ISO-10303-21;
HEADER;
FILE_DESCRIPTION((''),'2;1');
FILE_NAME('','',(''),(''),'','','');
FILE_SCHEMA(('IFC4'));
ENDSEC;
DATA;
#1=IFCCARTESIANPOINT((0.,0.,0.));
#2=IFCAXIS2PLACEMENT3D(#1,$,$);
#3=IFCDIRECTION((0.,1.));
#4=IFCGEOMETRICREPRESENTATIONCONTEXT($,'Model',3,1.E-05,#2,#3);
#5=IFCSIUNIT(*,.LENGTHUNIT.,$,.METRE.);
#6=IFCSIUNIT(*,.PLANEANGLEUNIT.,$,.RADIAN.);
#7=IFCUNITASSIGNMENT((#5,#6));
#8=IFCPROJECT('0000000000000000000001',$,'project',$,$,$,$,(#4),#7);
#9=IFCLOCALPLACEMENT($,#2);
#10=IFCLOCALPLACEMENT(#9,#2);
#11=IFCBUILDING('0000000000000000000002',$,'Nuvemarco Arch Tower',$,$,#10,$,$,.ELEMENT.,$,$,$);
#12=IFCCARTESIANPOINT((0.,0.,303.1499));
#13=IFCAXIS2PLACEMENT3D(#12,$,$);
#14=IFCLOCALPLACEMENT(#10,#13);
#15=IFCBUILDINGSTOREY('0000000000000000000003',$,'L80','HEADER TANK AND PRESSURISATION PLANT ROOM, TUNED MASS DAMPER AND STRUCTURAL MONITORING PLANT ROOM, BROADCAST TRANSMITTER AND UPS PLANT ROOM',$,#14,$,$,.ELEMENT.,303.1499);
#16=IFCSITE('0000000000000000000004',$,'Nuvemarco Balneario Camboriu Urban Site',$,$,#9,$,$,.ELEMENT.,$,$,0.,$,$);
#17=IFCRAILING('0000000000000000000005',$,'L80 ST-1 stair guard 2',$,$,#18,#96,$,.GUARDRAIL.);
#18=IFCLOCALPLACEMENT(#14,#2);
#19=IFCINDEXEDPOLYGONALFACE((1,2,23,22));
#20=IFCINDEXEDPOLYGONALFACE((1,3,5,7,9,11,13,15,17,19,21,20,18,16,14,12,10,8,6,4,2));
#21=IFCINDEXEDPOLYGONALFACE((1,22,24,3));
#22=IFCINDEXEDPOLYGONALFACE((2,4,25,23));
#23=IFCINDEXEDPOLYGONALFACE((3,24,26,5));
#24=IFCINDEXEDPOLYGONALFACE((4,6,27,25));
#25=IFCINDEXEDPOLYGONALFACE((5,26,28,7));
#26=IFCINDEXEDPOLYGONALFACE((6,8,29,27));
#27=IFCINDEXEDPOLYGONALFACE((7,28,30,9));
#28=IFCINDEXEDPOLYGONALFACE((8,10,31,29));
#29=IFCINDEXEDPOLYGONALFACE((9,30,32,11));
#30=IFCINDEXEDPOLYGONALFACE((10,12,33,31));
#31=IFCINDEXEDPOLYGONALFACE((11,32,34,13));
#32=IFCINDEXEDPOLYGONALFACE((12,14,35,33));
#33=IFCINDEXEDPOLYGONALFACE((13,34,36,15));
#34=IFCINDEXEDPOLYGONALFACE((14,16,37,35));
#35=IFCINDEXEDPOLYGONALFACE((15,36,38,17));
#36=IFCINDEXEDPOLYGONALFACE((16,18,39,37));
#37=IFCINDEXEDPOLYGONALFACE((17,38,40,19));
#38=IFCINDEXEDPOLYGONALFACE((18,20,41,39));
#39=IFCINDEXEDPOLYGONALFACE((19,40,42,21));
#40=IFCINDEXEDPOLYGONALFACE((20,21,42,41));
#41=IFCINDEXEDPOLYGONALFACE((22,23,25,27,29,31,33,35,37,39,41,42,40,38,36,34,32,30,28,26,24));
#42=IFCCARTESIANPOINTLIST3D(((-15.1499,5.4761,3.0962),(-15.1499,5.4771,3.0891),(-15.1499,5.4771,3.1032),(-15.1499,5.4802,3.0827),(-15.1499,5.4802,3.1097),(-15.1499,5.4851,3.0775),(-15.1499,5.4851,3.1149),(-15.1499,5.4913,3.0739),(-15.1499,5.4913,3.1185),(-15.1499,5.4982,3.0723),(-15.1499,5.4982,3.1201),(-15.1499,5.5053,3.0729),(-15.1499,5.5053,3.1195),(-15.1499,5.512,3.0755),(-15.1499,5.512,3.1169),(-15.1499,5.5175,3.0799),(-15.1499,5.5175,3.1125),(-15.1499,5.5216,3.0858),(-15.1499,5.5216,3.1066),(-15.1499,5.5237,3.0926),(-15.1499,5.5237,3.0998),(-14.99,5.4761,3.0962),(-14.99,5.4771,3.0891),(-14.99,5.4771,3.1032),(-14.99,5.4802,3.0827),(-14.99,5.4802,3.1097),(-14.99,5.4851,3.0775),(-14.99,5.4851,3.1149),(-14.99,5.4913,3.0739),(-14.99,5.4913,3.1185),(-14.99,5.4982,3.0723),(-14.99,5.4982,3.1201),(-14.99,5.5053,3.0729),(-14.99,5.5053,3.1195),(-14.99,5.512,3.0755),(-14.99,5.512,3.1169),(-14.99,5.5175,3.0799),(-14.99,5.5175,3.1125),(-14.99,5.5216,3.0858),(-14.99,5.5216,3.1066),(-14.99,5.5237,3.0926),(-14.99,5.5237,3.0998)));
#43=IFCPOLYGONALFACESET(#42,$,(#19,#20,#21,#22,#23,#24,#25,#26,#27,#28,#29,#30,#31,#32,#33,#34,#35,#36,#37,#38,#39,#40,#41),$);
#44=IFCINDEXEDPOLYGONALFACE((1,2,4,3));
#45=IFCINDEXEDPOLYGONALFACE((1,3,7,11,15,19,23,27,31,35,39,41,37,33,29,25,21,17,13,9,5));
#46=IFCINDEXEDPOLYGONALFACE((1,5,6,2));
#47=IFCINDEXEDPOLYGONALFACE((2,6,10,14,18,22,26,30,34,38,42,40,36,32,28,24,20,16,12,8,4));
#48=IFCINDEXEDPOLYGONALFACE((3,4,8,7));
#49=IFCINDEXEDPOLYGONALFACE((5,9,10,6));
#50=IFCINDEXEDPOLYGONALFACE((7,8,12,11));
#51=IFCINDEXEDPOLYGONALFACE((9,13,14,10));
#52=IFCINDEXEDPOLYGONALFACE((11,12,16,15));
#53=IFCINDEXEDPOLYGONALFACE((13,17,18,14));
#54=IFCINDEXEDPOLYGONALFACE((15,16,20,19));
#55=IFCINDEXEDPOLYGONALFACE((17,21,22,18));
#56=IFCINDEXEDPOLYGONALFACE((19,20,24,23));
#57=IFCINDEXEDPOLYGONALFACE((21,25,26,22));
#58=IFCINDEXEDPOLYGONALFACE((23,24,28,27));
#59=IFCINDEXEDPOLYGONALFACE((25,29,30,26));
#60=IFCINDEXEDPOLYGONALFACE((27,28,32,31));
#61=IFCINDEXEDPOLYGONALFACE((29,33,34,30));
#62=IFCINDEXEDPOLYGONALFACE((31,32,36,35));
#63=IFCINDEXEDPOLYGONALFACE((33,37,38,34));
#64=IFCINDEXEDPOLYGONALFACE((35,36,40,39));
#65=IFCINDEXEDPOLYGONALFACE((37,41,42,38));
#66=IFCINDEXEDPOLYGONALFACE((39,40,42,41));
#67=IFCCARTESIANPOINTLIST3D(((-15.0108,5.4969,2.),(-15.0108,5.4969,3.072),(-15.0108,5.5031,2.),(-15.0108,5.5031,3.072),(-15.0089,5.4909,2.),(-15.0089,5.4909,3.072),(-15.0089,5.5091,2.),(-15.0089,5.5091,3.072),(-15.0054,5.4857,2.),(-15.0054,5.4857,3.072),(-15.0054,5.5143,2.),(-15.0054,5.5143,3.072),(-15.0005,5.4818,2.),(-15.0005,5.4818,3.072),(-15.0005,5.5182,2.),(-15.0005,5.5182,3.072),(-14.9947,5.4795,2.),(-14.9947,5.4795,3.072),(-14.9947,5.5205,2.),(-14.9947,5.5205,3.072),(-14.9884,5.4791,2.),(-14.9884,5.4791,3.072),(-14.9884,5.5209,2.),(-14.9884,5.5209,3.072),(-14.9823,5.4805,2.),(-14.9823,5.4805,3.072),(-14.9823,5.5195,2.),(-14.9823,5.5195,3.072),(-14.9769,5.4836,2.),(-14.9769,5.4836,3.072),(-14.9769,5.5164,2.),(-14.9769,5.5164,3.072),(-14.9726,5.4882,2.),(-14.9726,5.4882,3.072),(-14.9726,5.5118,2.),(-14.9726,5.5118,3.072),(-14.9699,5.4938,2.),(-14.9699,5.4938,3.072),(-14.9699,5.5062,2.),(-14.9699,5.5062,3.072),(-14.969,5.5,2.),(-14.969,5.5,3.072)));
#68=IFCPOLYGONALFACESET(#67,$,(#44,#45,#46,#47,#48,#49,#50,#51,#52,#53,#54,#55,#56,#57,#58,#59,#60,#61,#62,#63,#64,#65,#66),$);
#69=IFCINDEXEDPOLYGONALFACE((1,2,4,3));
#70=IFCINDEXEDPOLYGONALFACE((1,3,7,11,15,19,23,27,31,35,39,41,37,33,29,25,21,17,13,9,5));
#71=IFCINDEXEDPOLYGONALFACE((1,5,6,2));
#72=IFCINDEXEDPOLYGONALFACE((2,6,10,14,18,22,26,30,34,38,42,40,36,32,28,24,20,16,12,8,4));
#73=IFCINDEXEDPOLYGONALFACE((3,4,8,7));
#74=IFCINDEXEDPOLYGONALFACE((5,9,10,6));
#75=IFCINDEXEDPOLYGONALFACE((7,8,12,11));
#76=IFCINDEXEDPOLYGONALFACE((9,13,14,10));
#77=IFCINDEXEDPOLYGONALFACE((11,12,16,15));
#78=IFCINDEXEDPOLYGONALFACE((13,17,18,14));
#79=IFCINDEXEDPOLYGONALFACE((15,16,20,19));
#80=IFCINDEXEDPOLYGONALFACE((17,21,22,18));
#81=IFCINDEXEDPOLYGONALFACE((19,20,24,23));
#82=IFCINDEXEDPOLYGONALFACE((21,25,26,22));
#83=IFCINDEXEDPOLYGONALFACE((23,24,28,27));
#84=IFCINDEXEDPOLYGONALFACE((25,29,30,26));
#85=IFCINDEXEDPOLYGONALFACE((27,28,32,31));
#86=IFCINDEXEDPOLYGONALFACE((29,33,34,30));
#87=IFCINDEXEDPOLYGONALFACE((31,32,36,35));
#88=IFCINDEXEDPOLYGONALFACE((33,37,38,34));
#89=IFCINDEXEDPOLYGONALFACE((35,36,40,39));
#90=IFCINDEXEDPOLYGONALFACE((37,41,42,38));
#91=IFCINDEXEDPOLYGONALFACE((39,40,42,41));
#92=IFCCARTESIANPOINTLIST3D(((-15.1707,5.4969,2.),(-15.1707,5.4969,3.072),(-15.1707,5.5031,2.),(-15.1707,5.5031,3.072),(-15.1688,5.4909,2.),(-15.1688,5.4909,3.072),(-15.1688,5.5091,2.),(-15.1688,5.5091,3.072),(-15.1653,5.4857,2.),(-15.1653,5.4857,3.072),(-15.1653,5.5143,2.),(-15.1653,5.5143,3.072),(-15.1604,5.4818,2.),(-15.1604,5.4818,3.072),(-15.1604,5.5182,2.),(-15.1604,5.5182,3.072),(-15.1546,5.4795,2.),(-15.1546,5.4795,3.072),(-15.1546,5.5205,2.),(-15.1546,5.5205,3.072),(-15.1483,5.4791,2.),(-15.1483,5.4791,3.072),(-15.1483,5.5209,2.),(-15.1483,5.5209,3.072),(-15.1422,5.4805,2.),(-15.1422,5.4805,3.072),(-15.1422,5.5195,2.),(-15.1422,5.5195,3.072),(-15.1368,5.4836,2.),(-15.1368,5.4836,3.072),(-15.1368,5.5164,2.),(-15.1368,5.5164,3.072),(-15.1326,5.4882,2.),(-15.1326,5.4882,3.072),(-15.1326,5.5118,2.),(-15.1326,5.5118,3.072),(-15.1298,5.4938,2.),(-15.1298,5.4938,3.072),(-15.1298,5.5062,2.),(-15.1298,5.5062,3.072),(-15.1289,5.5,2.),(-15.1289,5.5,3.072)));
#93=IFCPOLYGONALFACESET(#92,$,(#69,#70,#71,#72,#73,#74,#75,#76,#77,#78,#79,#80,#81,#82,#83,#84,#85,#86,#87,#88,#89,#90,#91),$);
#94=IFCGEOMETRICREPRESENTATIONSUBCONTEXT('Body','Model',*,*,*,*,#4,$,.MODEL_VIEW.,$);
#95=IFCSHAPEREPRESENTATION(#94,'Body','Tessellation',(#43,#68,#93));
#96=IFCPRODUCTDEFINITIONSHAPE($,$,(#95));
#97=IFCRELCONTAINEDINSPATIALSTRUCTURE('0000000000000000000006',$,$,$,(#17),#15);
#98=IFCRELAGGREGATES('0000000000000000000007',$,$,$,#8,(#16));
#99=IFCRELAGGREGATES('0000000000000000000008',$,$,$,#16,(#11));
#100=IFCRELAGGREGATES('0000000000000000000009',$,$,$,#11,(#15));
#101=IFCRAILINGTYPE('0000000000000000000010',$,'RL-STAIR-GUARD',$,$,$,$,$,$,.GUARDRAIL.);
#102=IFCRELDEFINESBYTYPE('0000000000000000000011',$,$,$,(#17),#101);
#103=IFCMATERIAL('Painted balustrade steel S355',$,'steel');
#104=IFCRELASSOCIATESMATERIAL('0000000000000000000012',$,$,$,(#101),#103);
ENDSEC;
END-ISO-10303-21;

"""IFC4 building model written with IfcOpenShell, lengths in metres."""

from ifc_helpers import new_model, si_unit, direction, frame, origin, origin_2d, place, context, subcontext, project, spatial, circle, extrude, material, type_object, element, save


model = new_model("IFC4")

# Units and contexts
model_context = context("Model", 3, precision=1e-05, world=origin(), true_north=direction((0.0, 1.0)))
body_context = subcontext(model_context, "Body", "Model", "MODEL_VIEW")
ifc_project = project(units=[si_unit("LENGTHUNIT", "METRE"), si_unit("PLANEANGLEUNIT", "RADIAN")], contexts=[model_context])

# Site, building, storey
site_placement = place(None, origin())
site = spatial("IfcSite", under=ifc_project, at=site_placement, Name="Nuvemarco Balneario Camboriu Urban Site", CompositionType="ELEMENT", RefElevation=0.0)
building_placement = place(site_placement, origin())
building = spatial("IfcBuilding", under=site, at=building_placement, Name="Nuvemarco Arch Tower", CompositionType="ELEMENT")
storey_placement = place(building_placement, frame((0.0, 0.0, 303.1499)))
storey = spatial("IfcBuildingStorey", under=building, at=storey_placement, Name="L80", Description="HEADER TANK AND PRESSURISATION PLANT ROOM, TUNED MASS DAMPER AND STRUCTURAL MONITORING PLANT ROOM, BROADCAST TRANSMITTER AND UPS PLANT ROOM", CompositionType="ELEMENT", Elevation=303.1499)

# Railing
ifc_material_1 = material(Name="Painted balustrade steel S355", Category="steel")
railing_type = type_object("IfcRailingType", Name="RL-STAIR-GUARD", PredefinedType="GUARDRAIL", material=ifc_material_1)
railing_1_placement = place(storey_placement, frame((-14.99, 5.5, 2.0)))
element("IfcRailing", 1, at=railing_1_placement, inside=storey, type_object=railing_type, Name="L80 ST-1 stair guard 2", PredefinedType="GUARDRAIL", context=body_context, shape_type="SweptSolid", body=[
    extrude(circle(Radius=0.0239, at=origin_2d()), frame((0.0, 0.0, 1.0962), z_axis=(-1.0, 0.0, 0.0), x_axis=(0.0, -1.0, 0.0)), (0.0, 0.0, 1.0), 0.1599),
    extrude(circle(Radius=0.021, at=origin_2d()), origin(), (0.0, 0.0, 1.0), 1.072),
    extrude(circle(Radius=0.021, at=origin_2d()), frame((-0.1599, 0.0, 0.0)), (0.0, 0.0, 1.0), 1.072),
])

save(model, "model.ifc")
